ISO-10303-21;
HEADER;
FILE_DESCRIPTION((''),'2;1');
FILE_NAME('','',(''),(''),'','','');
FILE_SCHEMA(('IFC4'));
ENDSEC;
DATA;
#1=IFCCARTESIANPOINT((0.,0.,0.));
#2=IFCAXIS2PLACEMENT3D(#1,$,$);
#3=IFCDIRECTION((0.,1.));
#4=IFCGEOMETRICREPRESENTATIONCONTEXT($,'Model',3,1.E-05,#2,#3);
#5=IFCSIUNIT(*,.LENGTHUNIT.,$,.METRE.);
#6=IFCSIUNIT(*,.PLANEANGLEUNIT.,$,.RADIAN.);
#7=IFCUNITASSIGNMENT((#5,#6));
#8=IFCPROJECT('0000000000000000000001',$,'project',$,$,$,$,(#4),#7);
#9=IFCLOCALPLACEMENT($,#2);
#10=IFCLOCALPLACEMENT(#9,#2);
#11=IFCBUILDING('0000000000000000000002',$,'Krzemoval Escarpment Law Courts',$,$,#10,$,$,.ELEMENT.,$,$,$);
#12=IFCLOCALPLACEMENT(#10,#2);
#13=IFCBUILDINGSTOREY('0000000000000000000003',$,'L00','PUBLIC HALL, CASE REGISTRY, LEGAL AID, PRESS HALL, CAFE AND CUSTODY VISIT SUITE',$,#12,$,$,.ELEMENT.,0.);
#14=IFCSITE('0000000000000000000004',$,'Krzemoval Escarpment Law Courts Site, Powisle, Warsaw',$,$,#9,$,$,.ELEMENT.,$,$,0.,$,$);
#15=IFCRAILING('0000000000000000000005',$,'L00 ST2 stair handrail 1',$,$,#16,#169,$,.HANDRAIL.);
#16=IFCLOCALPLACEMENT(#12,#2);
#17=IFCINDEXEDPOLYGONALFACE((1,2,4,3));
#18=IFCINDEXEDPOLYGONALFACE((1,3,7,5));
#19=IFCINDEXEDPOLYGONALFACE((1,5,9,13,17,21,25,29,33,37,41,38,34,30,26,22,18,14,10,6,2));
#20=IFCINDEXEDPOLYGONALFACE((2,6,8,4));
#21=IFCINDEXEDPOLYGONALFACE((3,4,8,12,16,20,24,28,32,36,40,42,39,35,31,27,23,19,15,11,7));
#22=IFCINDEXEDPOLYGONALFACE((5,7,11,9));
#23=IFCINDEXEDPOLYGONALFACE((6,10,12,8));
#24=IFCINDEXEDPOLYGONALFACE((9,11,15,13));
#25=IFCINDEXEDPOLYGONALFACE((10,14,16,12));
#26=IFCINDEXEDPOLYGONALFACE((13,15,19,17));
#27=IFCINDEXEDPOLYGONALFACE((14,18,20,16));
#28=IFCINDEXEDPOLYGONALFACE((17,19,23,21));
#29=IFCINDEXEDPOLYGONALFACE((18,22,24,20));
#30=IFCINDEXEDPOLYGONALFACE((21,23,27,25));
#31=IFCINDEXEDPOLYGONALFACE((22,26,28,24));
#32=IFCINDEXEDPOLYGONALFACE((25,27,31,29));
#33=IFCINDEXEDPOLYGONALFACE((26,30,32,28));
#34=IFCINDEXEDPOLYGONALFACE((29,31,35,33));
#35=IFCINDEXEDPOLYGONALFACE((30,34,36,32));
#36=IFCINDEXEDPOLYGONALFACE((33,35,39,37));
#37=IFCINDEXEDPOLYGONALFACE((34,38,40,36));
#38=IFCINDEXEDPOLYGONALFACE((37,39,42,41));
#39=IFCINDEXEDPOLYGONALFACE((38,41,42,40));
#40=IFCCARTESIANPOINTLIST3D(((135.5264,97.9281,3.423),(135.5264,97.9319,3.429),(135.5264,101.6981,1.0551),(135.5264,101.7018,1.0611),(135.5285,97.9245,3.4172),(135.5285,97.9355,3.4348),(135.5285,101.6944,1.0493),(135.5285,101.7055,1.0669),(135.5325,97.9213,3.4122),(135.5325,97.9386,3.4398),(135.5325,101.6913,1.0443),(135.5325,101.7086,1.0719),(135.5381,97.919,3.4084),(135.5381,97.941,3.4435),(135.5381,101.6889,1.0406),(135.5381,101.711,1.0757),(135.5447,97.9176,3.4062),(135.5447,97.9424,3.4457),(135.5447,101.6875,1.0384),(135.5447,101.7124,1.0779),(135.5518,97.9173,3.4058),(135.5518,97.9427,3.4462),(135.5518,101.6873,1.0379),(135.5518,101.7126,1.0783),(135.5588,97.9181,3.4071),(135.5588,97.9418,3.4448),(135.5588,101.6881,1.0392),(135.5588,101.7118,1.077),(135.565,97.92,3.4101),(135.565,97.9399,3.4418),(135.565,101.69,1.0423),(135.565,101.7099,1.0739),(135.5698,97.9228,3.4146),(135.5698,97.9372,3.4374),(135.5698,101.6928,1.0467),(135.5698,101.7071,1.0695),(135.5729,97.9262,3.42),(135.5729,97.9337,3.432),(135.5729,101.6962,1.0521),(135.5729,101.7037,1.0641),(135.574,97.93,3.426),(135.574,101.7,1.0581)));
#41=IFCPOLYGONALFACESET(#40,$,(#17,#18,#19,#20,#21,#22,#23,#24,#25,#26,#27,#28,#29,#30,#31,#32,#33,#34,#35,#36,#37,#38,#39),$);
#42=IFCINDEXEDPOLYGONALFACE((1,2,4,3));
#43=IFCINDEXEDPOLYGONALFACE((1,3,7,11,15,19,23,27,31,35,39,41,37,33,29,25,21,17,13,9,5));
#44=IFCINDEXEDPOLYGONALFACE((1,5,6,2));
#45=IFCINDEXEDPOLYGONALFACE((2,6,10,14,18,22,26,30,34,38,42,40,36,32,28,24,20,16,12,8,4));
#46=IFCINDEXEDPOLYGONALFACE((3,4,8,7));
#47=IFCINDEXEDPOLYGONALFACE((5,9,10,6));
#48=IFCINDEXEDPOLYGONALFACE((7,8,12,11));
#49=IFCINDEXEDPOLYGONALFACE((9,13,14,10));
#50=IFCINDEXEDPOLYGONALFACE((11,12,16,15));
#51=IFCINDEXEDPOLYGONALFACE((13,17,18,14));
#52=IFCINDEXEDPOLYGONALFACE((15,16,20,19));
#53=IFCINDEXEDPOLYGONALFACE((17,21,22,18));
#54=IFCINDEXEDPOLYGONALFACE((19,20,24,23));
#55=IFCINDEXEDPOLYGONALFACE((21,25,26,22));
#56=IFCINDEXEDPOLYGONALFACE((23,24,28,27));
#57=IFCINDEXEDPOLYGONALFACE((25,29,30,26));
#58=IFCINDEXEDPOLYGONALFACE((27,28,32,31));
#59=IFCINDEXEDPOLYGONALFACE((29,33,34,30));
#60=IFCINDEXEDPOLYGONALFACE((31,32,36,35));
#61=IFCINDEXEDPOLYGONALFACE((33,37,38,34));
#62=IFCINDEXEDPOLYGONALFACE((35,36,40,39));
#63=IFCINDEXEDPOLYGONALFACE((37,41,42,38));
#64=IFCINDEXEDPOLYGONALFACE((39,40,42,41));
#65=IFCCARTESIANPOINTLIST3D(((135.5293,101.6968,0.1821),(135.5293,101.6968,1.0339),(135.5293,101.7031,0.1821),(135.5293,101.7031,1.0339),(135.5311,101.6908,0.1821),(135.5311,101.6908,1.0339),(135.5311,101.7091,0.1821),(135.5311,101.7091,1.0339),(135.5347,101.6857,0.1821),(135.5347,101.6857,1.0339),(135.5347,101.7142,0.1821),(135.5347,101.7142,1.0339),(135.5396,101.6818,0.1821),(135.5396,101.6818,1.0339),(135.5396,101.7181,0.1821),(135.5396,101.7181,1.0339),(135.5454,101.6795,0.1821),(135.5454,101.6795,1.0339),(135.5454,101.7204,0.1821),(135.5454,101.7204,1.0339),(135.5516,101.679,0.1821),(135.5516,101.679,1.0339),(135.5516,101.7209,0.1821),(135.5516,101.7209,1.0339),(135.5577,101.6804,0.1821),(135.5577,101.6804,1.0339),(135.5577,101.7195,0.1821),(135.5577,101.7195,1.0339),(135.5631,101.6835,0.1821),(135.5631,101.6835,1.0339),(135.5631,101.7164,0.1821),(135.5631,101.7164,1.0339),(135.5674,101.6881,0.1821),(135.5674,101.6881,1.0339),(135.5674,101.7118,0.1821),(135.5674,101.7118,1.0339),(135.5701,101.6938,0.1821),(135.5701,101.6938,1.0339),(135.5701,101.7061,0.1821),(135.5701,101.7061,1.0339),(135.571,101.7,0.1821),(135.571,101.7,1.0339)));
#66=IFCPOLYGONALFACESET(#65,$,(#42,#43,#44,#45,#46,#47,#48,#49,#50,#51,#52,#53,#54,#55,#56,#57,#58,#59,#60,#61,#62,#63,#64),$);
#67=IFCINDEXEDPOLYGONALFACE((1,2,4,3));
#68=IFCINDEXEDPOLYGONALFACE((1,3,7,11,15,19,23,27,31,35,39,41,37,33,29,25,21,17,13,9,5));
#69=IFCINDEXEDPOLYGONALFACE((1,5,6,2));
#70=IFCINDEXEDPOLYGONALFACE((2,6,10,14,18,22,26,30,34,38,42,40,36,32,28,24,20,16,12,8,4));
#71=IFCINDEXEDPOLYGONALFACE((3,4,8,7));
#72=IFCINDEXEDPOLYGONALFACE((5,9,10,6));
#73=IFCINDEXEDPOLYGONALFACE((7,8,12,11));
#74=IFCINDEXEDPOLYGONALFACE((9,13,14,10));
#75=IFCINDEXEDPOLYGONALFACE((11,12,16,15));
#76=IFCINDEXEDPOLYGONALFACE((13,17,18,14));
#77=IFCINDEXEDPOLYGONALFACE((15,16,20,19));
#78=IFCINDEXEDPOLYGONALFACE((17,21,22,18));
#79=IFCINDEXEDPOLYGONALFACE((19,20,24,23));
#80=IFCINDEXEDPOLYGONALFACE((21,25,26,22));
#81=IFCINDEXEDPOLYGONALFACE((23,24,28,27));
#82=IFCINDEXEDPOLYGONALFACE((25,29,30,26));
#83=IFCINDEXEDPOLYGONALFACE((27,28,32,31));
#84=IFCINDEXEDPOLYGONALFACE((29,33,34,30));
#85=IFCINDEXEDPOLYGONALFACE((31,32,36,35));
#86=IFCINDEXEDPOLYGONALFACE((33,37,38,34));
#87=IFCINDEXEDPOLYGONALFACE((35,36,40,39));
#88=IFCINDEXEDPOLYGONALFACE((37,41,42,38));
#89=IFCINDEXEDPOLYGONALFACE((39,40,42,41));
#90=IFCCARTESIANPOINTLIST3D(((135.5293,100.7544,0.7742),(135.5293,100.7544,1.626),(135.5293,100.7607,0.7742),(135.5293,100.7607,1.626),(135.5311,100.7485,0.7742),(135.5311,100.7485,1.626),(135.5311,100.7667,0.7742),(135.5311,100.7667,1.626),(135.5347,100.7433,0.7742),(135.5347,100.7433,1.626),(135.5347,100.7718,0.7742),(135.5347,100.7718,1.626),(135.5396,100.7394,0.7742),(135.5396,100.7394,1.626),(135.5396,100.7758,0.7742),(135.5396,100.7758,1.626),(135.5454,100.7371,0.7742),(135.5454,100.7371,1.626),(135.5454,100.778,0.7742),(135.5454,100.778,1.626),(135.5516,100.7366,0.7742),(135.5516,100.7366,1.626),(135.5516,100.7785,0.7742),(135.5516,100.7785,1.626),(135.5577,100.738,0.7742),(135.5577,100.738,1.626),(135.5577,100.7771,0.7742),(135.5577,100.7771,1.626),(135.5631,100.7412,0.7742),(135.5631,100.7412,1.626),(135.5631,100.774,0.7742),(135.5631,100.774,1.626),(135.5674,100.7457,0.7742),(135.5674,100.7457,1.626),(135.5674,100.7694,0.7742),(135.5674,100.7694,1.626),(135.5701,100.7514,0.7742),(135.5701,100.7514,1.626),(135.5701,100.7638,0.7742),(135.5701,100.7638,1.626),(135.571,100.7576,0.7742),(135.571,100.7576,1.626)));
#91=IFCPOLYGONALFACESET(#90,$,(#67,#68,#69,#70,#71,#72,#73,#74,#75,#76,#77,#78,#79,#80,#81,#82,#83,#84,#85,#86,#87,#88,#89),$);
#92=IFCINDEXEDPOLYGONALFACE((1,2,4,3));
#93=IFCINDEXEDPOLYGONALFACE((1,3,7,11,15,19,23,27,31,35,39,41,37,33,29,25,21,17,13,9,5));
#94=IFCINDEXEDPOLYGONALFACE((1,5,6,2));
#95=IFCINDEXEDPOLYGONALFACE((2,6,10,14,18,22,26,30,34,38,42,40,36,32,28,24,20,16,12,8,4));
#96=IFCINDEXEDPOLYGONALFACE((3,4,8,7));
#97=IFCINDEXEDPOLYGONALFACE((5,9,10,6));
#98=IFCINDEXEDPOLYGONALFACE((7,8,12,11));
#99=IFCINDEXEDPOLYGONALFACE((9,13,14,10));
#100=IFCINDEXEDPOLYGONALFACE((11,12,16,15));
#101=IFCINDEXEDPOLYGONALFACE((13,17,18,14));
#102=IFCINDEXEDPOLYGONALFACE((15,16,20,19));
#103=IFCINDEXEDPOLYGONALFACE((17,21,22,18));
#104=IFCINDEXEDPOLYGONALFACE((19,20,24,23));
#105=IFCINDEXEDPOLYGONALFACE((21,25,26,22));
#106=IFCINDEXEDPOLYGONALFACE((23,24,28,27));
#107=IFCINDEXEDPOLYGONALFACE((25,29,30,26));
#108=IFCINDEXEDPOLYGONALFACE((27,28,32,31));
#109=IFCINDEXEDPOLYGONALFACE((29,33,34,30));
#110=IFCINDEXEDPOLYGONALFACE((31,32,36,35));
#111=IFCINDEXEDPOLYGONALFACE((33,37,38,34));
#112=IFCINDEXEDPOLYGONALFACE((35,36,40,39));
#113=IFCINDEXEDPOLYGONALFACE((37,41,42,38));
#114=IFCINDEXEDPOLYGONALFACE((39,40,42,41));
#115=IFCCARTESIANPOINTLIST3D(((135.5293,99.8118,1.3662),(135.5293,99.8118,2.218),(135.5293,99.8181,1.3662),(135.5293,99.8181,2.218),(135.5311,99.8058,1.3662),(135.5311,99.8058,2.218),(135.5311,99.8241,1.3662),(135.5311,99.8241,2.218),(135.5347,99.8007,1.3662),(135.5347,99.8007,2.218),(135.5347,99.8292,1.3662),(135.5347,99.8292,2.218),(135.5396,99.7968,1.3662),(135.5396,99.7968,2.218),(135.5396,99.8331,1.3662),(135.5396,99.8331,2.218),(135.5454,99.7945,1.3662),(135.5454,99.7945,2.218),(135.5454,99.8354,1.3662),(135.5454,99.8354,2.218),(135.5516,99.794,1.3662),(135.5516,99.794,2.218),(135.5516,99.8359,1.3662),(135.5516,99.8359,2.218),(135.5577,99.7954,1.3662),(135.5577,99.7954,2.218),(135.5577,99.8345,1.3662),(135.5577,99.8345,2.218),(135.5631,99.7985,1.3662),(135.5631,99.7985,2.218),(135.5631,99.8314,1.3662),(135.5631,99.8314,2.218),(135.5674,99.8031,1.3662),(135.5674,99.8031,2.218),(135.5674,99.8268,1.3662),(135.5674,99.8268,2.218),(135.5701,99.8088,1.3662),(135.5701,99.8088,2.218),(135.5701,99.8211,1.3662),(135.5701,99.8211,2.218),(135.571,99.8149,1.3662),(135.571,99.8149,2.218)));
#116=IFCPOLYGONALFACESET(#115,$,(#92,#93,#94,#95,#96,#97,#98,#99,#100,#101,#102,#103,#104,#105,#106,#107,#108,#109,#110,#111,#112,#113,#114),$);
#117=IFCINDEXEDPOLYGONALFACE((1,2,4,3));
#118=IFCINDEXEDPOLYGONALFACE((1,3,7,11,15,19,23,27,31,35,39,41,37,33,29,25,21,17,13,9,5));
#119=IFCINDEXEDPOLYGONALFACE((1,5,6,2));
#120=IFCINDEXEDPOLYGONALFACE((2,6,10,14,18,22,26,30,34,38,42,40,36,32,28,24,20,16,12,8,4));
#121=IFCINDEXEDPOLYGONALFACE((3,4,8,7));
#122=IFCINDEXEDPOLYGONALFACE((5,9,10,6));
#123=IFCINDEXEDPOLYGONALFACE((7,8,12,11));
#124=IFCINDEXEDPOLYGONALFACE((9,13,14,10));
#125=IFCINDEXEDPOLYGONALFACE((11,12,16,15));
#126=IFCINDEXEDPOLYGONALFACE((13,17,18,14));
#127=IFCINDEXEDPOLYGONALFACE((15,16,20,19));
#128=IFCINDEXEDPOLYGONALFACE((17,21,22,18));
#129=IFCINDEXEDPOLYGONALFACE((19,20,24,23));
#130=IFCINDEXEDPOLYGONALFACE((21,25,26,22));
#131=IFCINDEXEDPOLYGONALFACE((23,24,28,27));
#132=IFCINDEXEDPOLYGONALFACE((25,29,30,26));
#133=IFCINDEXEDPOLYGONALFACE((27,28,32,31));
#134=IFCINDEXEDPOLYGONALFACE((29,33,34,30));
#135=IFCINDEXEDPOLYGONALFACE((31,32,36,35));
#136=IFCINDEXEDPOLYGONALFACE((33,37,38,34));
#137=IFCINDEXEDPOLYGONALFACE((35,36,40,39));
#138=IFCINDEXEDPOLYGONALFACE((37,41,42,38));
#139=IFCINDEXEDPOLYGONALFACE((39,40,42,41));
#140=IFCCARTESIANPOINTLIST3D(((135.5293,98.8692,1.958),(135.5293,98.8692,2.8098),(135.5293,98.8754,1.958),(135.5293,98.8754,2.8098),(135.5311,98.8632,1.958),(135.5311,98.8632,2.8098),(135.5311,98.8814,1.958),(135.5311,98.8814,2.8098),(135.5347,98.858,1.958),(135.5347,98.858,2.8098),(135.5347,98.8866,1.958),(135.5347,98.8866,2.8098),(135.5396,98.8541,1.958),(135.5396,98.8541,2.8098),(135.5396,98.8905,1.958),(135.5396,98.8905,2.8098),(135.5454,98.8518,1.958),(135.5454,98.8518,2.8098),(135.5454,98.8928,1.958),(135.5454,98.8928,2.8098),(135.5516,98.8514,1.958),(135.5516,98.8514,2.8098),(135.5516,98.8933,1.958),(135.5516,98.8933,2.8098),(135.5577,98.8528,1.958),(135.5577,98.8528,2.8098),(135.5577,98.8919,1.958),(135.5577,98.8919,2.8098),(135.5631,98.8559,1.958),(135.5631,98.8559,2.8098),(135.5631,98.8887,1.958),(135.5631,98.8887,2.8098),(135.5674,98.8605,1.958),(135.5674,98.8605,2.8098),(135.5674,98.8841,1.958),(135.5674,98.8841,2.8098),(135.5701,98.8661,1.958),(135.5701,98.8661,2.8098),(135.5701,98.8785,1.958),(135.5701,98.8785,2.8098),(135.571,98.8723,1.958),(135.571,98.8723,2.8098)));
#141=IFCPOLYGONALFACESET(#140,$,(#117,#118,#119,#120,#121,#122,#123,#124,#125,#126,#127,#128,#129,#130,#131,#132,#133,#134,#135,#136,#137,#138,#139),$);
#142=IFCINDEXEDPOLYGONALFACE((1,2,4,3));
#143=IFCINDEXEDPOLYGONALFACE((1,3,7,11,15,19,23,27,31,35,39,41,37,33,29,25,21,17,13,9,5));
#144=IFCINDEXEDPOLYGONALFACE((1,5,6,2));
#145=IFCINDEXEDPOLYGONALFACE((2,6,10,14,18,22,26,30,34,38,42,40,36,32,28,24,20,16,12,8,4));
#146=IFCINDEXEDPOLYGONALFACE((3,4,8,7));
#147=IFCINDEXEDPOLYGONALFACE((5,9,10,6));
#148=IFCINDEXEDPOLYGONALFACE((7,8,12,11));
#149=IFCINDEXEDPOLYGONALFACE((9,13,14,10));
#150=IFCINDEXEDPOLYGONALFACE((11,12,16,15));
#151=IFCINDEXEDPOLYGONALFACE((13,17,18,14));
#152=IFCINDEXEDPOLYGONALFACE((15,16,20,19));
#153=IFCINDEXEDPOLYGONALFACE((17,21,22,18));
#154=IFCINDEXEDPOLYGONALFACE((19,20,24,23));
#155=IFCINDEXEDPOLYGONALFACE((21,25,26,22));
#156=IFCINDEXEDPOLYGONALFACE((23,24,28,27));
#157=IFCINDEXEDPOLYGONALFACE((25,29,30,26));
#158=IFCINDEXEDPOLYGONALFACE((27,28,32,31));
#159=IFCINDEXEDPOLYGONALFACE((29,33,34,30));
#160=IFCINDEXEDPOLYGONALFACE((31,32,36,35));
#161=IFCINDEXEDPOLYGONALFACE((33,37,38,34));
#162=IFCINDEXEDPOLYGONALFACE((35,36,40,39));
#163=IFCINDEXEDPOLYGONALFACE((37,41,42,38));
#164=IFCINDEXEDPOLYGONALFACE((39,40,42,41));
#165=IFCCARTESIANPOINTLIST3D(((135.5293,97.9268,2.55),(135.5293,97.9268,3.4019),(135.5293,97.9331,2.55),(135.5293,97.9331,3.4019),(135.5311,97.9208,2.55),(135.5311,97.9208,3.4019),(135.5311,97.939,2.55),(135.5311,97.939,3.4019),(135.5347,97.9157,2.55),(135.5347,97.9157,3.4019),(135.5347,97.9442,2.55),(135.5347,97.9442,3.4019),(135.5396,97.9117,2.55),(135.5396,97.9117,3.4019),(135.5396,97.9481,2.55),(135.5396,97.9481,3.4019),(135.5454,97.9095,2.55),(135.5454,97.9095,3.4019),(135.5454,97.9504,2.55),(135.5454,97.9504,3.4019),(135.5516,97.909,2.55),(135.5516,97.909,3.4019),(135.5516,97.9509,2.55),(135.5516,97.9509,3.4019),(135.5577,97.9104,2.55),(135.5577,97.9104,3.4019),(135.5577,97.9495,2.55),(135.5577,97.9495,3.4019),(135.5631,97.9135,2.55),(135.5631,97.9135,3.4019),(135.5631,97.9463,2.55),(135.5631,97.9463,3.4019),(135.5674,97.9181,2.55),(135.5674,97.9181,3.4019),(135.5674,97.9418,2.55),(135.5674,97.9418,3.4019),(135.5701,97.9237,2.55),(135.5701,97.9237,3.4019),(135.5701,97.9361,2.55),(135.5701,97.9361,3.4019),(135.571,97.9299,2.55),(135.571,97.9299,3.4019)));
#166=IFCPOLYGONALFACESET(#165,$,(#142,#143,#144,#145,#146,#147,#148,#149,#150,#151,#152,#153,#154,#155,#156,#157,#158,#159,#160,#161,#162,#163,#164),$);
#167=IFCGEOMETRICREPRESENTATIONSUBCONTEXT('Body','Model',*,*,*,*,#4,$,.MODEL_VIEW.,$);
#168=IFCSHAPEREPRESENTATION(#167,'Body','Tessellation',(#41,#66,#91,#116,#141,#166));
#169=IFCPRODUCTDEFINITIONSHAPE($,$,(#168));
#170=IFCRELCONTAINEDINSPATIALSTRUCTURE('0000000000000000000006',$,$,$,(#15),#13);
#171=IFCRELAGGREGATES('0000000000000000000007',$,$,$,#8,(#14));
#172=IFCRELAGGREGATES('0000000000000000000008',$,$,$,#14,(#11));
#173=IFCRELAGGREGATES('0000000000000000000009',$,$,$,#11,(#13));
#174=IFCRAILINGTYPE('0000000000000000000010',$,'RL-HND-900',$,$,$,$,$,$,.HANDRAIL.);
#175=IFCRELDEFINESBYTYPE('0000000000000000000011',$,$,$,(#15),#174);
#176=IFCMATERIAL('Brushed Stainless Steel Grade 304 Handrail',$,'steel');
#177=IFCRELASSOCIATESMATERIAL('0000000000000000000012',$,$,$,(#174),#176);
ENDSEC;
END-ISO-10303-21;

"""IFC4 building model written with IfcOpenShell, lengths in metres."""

from ifc_helpers import new_model, si_unit, direction, frame, origin, origin_2d, place, context, subcontext, project, spatial, circle, extrude, material, type_object, element, save


model = new_model("IFC4")

# Units and contexts
model_context = context("Model", 3, precision=1e-05, world=origin(), true_north=direction((0.0, 1.0)))
body_context = subcontext(model_context, "Body", "Model", "MODEL_VIEW")
ifc_project = project(units=[si_unit("LENGTHUNIT", "METRE"), si_unit("PLANEANGLEUNIT", "RADIAN")], contexts=[model_context])

# Site, building, storey
site_placement = place(None, origin())
site = spatial("IfcSite", under=ifc_project, at=site_placement, Name="Krzemoval Escarpment Law Courts Site, Powisle, Warsaw", CompositionType="ELEMENT", RefElevation=0.0)
building_placement = place(site_placement, origin())
building = spatial("IfcBuilding", under=site, at=building_placement, Name="Krzemoval Escarpment Law Courts", CompositionType="ELEMENT")
storey_placement = place(building_placement, origin())
storey = spatial("IfcBuildingStorey", under=building, at=storey_placement, Name="L00", Description="PUBLIC HALL, CASE REGISTRY, LEGAL AID, PRESS HALL, CAFE AND CUSTODY VISIT SUITE", CompositionType="ELEMENT", Elevation=0.0)

# Railing
ifc_material_1 = material(Name="Brushed Stainless Steel Grade 304 Handrail", Category="steel")
railing_type_1 = type_object("IfcRailingType", Name="RL-HND-900", PredefinedType="HANDRAIL", material=ifc_material_1)
for number, where, name in (
    (1, (135.55, 101.7, 0.1821), "L00 ST2 stair handrail 1"),
):
    element("IfcRailing", number, at=place(storey_placement, frame(where)), inside=storey, type_object=railing_type_1, Name=name, PredefinedType="HANDRAIL", context=body_context, shape_type="SweptSolid", body=[
        extrude(circle(Radius=0.0239, at=origin_2d()), frame((0.0, 0.0, 0.876), z_axis=(0.0, -0.846819, 0.531881), x_axis=(1.0, 0.0, 0.0)), (0.0, 0.0, 1.0), 4.4519),
        extrude(circle(Radius=0.021, at=origin_2d()), origin(), (0.0, 0.0, 1.0), 0.8518),
        extrude(circle(Radius=0.021, at=origin_2d()), frame((0.0, -0.9424, 0.592)), (0.0, 0.0, 1.0), 0.8518),
        extrude(circle(Radius=0.021, at=origin_2d()), frame((0.0, -1.885, 1.1841)), (0.0, 0.0, 1.0), 0.8518),
        extrude(circle(Radius=0.021, at=origin_2d()), frame((0.0, -2.8276, 1.7759)), (0.0, 0.0, 1.0), 0.8518),
        extrude(circle(Radius=0.021, at=origin_2d()), frame((0.0, -3.77, 2.3679)), (0.0, 0.0, 1.0), 0.8518),
    ])

save(model, "model.ifc")
